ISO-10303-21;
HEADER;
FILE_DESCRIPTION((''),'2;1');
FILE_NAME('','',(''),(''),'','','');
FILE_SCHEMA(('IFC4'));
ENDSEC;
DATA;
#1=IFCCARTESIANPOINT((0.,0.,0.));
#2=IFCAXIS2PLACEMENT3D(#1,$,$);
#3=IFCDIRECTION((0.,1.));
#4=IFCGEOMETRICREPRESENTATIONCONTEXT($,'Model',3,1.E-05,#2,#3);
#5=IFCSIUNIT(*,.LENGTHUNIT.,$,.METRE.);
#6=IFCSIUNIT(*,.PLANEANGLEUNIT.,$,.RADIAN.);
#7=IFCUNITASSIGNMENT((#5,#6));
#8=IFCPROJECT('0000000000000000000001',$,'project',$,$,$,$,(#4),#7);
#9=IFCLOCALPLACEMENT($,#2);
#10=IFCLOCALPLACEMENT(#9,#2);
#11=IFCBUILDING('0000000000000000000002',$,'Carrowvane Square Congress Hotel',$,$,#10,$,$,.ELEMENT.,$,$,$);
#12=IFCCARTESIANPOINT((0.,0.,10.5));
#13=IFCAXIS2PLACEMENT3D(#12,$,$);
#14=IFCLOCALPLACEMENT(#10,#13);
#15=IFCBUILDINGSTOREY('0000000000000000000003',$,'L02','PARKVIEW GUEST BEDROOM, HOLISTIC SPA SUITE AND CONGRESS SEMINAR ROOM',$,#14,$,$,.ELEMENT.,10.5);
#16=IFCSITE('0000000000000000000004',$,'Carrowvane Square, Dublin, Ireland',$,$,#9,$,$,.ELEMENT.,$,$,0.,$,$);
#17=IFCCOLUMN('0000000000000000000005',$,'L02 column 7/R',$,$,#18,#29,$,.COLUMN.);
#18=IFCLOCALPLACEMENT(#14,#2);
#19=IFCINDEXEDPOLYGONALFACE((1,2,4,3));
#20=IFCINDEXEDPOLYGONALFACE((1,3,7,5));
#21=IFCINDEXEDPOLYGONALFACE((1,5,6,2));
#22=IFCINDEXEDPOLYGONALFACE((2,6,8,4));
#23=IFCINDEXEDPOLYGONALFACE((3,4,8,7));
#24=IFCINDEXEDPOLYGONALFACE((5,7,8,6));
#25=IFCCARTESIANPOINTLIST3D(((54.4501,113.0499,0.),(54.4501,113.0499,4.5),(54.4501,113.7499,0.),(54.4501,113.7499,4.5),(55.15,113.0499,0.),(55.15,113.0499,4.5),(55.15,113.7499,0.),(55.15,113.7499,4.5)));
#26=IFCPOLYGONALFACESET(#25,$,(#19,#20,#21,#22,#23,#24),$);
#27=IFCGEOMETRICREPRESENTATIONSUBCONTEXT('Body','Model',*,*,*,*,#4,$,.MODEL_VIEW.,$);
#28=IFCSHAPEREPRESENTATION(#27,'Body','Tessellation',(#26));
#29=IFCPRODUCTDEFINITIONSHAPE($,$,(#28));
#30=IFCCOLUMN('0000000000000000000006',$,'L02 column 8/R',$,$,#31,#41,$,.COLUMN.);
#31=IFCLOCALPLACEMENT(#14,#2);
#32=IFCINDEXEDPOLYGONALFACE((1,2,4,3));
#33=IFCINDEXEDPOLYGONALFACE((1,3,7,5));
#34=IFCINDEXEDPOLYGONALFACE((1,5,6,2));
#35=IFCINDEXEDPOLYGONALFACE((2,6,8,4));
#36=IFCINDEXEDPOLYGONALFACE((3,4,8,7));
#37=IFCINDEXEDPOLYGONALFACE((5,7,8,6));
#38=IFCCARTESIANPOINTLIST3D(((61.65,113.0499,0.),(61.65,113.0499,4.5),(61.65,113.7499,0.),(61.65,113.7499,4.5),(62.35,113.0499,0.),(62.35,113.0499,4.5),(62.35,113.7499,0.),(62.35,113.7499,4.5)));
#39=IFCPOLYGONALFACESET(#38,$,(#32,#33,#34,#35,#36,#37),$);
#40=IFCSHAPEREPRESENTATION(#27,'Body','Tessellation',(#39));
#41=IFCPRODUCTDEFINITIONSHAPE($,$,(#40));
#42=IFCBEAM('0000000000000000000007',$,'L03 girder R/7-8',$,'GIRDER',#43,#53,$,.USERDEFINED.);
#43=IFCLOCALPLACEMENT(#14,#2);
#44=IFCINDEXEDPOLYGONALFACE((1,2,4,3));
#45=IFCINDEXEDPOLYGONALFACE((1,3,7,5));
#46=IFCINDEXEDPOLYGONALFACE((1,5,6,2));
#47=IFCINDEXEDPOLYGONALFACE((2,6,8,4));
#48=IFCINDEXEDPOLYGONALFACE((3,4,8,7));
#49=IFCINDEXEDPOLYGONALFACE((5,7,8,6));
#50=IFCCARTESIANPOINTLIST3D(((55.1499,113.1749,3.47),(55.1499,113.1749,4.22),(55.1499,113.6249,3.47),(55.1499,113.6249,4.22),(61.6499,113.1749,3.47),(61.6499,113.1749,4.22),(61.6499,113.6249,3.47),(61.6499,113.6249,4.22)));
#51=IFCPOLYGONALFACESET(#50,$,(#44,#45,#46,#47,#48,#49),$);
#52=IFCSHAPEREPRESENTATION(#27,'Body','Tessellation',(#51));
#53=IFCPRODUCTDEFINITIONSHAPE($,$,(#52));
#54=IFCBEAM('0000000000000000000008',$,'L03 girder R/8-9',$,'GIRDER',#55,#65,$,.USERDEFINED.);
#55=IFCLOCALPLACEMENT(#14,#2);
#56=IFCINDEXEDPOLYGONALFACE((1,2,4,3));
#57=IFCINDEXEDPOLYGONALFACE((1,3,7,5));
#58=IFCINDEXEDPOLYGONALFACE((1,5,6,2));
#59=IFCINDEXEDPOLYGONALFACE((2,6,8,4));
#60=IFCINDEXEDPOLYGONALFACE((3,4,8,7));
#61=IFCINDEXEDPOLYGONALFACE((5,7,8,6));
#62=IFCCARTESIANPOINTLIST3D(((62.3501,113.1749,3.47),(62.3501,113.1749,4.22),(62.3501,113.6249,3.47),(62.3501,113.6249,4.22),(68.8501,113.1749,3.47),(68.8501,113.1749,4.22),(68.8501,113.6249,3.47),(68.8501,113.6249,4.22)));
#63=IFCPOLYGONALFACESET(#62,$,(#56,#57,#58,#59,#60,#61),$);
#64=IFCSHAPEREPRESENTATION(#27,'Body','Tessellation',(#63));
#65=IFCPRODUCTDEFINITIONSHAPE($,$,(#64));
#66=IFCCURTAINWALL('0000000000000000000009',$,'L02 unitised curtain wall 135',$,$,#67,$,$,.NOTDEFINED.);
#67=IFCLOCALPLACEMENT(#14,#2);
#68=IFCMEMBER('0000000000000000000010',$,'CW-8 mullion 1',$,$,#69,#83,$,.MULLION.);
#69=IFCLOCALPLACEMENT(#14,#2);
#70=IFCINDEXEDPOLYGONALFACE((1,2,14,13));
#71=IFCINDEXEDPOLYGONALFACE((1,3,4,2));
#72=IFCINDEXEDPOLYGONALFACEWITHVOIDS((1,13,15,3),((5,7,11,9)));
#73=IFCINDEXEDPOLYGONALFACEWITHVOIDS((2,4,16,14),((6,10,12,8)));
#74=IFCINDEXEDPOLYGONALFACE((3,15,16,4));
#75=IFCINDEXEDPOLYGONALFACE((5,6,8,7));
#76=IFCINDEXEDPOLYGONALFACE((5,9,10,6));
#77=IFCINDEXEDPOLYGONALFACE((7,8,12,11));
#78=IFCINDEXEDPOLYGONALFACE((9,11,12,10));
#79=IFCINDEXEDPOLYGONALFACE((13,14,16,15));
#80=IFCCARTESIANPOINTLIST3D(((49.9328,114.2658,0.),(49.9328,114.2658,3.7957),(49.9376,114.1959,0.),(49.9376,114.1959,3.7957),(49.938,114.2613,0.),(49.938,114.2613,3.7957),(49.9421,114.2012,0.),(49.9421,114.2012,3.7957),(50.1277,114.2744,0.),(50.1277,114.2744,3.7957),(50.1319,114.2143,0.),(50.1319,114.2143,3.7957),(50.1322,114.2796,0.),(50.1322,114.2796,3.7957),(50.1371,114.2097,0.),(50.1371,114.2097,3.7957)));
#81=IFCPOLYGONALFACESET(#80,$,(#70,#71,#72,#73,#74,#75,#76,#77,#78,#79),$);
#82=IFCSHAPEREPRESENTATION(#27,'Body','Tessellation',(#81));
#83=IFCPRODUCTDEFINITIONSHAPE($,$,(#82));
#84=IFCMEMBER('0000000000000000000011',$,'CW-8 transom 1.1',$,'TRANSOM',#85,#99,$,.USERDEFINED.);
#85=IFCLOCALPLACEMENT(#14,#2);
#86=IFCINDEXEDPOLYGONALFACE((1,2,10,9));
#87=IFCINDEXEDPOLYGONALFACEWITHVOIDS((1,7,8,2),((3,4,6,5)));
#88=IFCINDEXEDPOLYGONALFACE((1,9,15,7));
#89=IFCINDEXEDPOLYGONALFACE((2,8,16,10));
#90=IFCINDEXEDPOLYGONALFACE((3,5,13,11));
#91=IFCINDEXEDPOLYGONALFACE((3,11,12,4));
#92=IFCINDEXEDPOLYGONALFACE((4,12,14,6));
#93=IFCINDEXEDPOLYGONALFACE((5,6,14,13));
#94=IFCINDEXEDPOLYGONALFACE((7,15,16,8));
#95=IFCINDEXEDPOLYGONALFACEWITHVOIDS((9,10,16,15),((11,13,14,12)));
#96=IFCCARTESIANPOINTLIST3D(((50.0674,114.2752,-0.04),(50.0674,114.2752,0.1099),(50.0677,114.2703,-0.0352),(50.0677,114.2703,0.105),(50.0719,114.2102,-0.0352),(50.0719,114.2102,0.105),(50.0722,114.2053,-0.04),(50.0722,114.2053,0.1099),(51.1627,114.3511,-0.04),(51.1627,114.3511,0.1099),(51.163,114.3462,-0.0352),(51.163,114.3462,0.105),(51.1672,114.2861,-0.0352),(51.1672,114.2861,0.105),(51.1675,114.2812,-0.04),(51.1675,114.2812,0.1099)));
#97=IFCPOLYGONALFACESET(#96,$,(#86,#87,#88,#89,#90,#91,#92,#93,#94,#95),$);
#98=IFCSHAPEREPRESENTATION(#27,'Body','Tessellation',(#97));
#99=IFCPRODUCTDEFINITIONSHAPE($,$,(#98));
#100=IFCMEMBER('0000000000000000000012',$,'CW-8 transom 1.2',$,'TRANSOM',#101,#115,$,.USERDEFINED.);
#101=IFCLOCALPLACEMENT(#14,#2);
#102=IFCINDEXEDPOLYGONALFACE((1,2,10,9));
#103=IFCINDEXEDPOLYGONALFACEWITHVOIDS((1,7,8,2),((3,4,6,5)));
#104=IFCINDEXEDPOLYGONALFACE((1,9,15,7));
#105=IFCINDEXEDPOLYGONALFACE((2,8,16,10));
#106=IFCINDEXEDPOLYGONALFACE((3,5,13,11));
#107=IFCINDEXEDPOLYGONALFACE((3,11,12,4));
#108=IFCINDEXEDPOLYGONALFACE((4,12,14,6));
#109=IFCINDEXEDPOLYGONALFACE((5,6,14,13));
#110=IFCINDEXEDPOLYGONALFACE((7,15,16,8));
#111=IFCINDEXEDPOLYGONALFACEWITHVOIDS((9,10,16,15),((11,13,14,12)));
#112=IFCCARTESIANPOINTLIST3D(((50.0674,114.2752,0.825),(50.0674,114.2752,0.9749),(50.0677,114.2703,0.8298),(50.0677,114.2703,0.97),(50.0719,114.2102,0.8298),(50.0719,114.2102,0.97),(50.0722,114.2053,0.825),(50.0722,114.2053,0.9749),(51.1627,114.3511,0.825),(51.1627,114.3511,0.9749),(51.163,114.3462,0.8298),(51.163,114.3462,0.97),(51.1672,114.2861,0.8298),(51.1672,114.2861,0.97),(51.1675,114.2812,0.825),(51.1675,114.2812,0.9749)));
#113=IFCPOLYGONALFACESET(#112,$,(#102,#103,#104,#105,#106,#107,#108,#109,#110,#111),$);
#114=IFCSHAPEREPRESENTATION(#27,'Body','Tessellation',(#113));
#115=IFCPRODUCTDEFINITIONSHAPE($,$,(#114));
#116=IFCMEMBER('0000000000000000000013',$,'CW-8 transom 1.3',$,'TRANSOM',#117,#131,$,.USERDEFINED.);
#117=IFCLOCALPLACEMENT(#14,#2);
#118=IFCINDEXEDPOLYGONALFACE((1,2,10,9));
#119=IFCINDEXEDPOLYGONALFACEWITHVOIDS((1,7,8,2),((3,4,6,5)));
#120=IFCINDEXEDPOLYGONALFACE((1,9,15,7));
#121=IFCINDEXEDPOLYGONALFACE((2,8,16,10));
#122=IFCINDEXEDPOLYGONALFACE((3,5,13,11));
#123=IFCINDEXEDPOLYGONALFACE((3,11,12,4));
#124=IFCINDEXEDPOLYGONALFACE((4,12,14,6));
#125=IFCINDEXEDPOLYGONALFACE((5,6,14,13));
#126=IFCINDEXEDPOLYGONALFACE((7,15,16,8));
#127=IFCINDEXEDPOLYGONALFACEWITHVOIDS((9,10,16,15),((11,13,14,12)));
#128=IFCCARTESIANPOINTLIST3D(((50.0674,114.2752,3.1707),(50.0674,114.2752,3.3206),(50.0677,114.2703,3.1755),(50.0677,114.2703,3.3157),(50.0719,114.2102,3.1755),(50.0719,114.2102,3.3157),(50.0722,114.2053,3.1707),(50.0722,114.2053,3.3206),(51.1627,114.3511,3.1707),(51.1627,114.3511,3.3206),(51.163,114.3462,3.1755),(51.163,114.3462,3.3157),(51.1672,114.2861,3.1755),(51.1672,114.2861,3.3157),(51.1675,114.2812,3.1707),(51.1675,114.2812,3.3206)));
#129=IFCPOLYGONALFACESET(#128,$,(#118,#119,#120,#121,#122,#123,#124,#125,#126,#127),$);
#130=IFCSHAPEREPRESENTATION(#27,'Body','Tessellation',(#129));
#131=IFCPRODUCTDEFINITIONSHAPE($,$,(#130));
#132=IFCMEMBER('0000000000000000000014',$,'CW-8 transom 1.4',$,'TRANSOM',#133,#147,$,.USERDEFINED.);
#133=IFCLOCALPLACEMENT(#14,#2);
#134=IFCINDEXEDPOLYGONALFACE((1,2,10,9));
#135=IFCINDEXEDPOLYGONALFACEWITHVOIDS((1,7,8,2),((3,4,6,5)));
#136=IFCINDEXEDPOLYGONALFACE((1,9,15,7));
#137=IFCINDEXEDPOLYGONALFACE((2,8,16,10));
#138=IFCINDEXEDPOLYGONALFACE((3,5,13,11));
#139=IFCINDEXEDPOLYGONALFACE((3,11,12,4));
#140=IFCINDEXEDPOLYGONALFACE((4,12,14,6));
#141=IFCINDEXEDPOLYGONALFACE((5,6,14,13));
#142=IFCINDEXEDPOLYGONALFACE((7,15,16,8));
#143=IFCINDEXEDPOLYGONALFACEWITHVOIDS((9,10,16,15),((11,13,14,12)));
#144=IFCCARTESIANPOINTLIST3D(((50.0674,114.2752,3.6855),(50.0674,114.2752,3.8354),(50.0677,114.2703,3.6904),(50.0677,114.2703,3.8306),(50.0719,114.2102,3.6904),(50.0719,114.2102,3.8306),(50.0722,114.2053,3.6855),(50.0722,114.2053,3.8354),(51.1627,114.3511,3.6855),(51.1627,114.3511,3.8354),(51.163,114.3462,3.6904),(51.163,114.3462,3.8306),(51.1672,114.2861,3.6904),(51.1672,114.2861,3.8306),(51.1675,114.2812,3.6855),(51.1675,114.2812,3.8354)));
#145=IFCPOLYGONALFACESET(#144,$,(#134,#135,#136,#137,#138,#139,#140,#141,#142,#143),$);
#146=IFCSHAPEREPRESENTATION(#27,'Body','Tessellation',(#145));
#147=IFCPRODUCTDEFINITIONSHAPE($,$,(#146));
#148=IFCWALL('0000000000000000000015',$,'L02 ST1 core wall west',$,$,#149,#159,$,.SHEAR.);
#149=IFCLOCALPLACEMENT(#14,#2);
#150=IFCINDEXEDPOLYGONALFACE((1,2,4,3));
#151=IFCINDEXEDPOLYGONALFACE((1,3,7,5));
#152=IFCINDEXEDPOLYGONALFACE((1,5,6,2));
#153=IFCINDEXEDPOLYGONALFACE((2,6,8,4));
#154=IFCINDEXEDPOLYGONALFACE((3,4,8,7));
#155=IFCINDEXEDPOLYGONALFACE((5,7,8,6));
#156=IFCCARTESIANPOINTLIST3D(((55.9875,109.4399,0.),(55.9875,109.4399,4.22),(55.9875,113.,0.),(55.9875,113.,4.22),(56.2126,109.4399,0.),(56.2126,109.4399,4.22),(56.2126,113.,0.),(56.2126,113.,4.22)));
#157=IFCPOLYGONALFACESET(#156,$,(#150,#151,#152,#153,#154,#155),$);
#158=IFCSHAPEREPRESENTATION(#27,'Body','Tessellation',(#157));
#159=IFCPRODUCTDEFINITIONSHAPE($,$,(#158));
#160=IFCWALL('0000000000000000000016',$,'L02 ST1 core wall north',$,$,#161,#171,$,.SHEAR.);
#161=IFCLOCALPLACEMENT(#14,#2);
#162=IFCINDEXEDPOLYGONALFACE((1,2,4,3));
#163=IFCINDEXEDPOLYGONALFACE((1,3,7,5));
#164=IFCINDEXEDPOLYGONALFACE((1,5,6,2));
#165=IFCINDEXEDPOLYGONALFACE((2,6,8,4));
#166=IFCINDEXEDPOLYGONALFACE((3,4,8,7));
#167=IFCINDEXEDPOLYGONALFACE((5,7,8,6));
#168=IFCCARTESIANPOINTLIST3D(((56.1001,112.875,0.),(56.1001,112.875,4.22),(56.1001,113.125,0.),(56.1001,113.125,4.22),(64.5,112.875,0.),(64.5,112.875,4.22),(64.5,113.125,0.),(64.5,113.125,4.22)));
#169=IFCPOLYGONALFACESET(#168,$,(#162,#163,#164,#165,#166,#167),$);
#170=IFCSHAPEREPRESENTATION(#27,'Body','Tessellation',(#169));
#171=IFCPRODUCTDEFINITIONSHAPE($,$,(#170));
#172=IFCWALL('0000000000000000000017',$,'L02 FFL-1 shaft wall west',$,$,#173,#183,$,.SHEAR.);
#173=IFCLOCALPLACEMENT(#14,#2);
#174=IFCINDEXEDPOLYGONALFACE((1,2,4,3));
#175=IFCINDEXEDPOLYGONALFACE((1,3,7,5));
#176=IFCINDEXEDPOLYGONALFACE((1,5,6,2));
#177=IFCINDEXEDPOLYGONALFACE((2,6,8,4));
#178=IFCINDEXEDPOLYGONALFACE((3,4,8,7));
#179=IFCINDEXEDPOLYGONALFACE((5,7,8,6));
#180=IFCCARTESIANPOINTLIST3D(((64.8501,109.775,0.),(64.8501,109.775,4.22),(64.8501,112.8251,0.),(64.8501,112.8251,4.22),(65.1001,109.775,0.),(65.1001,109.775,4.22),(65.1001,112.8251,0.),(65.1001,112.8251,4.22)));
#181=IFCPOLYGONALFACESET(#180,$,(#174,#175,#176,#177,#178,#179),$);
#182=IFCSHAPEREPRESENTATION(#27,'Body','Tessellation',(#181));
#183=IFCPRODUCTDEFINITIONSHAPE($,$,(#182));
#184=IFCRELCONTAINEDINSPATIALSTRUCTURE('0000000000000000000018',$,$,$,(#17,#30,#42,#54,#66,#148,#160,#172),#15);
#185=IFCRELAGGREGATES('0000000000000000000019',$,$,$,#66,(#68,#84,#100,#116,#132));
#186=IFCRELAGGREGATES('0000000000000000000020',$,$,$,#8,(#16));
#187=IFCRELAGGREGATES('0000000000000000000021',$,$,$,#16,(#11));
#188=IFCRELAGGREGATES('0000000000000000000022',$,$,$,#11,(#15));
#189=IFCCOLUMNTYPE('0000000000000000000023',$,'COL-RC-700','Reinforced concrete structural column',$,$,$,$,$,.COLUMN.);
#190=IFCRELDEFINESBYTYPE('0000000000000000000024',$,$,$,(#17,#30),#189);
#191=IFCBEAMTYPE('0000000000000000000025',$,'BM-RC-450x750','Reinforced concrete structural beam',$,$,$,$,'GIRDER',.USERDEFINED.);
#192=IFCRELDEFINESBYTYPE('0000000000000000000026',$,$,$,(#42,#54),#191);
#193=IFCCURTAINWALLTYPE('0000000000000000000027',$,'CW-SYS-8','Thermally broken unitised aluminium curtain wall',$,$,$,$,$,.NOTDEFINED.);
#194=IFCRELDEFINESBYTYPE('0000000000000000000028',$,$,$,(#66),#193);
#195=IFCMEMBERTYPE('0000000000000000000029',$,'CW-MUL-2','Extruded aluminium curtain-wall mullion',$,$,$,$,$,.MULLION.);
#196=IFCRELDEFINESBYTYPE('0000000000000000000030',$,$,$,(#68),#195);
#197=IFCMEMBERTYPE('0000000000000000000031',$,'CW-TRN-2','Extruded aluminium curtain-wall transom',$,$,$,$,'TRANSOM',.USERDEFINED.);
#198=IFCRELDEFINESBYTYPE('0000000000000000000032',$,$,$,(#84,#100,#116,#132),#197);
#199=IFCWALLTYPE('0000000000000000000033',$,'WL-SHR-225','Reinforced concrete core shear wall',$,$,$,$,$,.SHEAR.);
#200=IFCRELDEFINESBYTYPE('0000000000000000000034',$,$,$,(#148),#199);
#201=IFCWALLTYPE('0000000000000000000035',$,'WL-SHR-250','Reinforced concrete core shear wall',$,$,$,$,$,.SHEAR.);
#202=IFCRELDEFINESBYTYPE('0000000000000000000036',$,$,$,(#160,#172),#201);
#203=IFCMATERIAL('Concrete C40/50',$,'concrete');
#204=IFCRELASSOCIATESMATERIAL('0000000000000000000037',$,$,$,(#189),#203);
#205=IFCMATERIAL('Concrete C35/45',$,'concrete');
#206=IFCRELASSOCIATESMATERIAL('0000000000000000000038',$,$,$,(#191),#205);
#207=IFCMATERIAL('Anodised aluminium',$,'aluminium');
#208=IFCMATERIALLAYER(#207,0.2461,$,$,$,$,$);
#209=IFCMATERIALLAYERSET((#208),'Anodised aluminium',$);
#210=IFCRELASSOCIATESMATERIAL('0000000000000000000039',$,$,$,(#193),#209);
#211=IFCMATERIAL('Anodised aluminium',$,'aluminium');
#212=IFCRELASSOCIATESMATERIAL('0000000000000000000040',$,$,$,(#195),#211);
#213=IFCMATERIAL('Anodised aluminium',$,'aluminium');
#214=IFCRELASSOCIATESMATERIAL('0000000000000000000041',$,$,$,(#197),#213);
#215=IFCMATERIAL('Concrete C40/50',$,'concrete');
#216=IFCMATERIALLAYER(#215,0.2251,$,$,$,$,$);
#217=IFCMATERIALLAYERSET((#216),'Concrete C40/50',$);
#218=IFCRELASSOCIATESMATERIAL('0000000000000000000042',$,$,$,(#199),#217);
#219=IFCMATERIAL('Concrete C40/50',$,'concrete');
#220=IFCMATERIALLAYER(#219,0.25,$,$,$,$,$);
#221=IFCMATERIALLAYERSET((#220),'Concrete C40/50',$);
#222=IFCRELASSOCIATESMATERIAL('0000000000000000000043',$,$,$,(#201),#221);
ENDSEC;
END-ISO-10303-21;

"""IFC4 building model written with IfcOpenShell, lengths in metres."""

from ifc_helpers import new_model, si_unit, direction, frame, frame_2d, origin, origin_2d, place, context, subcontext, project, spatial, rectangle, hollow_rectangle, extrude, material, layer, layer_set, material_profile, profile_set, type_object, element, aggregate, save


model = new_model("IFC4")

# Units and contexts
model_context = context("Model", 3, precision=1e-05, world=origin(), true_north=direction((0.0, 1.0)))
body_context = subcontext(model_context, "Body", "Model", "MODEL_VIEW")
ifc_project = project(units=[si_unit("LENGTHUNIT", "METRE"), si_unit("PLANEANGLEUNIT", "RADIAN")], contexts=[model_context])

# Site, building, storey
site_placement = place(None, origin())
site = spatial("IfcSite", under=ifc_project, at=site_placement, Name="Carrowvane Square, Dublin, Ireland", CompositionType="ELEMENT", RefElevation=0.0)
building_placement = place(site_placement, origin())
building = spatial("IfcBuilding", under=site, at=building_placement, Name="Carrowvane Square Congress Hotel", CompositionType="ELEMENT")
storey_placement = place(building_placement, frame((0.0, 0.0, 10.5)))
storey = spatial("IfcBuildingStorey", under=building, at=storey_placement, Name="L02", Description="PARKVIEW GUEST BEDROOM, HOLISTIC SPA SUITE AND CONGRESS SEMINAR ROOM", CompositionType="ELEMENT", Elevation=10.5)

# Columns
ifc_material_1 = material(Name="Concrete C40/50", Category="concrete")
ifc_material_profile_1 = material_profile(ifc_material_1, rectangle(XDim=0.7, YDim=0.7, at=origin_2d()), Name="RC 700x700")
ifc_profile_set_1 = profile_set([ifc_material_profile_1], Name="Concrete C40/50")
column_type = type_object("IfcColumnType", Name="COL-RC-700", Description="Reinforced concrete structural column", PredefinedType="COLUMN", material=ifc_profile_set_1)
for number, where, z_axis, x_axis, name in (
    (1, (54.8, 113.3999, 0.0), (0.0, 0.0, 1.0), (1.0, 0.0, 0.0), "L02 column 7/R"),
    (2, (62.0, 113.3999, 0.0), (0.0, 0.0, 1.0), (1.0, 0.0, 0.0), "L02 column 8/R"),
):
    element("IfcColumn", number, at=place(storey_placement, frame(where, z_axis=z_axis, x_axis=x_axis)), inside=storey, type_object=column_type, Name=name, PredefinedType="COLUMN", context=body_context, shape_type="SweptSolid", body=[
        extrude(rectangle(XDim=0.7, YDim=0.7, at=origin_2d()), origin(), (0.0, 0.0, 1.0), 4.5),
    ])

# Beams
ifc_material_2 = material(Name="Concrete C35/45", Category="concrete")
ifc_material_profile_2 = material_profile(ifc_material_2, rectangle(XDim=0.45, YDim=0.75, at=origin_2d()), Name="RC 450x750")
ifc_profile_set_2 = profile_set([ifc_material_profile_2], Name="Concrete C35/45")
beam_type = type_object("IfcBeamType", Name="BM-RC-450x750", Description="Reinforced concrete structural beam", ElementType="GIRDER", PredefinedType="USERDEFINED", material=ifc_profile_set_2)
for number, where, z_axis, x_axis, name in (
    (3, (55.1499, 113.3999, 3.845), (1.0, 0.0, 0.0), (0.0, 1.0, 0.0), "L03 girder R/7-8"),
    (4, (62.3501, 113.3999, 3.845), (1.0, 0.0, 0.0), (0.0, 1.0, 0.0), "L03 girder R/8-9"),
):
    element("IfcBeam", number, at=place(storey_placement, frame(where, z_axis=z_axis, x_axis=x_axis)), inside=storey, type_object=beam_type, Name=name, ObjectType="GIRDER", PredefinedType="USERDEFINED", context=body_context, shape_type="SweptSolid", body=[
        extrude(rectangle(XDim=0.45, YDim=0.75, at=origin_2d()), origin(), (0.0, 0.0, 1.0), 6.5),
    ])

# Curtain wall, members
ifc_material_3 = material(Name="Anodised aluminium", Category="aluminium")
ifc_layer_1 = layer(ifc_material_3, 0.2461)
ifc_layer_set_1 = layer_set([ifc_layer_1], Name="Anodised aluminium")
curtain_wall_type = type_object("IfcCurtainWallType", Name="CW-SYS-8", Description="Thermally broken unitised aluminium curtain wall", PredefinedType="NOTDEFINED", material=ifc_layer_set_1)
curtain_wall_placement = place(storey_placement, origin())
curtain_wall = element("IfcCurtainWall", 5, at=curtain_wall_placement, inside=storey, type_object=curtain_wall_type, Name="L02 unitised curtain wall 135", PredefinedType="NOTDEFINED")
ifc_material_4 = material(Name="Anodised aluminium", Category="aluminium")
ifc_material_profile_3 = material_profile(ifc_material_4, hollow_rectangle(XDim=0.0701, YDim=0.2, WallThickness=0.0049, at=origin_2d()), Name="CW-ML 70x200x5")
ifc_profile_set_3 = profile_set([ifc_material_profile_3], Name="Anodised aluminium")
member_type_1 = type_object("IfcMemberType", Name="CW-MUL-2", Description="Extruded aluminium curtain-wall mullion", PredefinedType="MULLION", material=ifc_profile_set_3)
member_1_placement = place(storey_placement, frame((50.0349, 114.2378, 0.0), z_axis=(0.0, 0.0, 1.0), x_axis=(-0.068986, 0.997618, 0.0)))
member_1 = element("IfcMember", 6, at=member_1_placement, type_object=member_type_1, Name="CW-8 mullion 1", PredefinedType="MULLION", context=body_context, shape_type="SweptSolid", body=[
    extrude(hollow_rectangle(XDim=0.0701, YDim=0.2, WallThickness=0.0049, at=origin_2d()), origin(), (0.0, 0.0, 1.0), 3.7957),
])
ifc_material_5 = material(Name="Anodised aluminium", Category="aluminium")
ifc_material_profile_4 = material_profile(ifc_material_5, hollow_rectangle(XDim=0.0701, YDim=0.1499, WallThickness=0.0049, at=origin_2d()), Name="CW-TR 70x150x5")
ifc_profile_set_4 = profile_set([ifc_material_profile_4], Name="Anodised aluminium")
member_type_2 = type_object("IfcMemberType", Name="CW-TRN-2", Description="Extruded aluminium curtain-wall transom", ElementType="TRANSOM", PredefinedType="USERDEFINED", material=ifc_profile_set_4)
member_2_placement = place(storey_placement, frame((50.0698, 114.2402, 0.0349), z_axis=(0.997606, 0.069161, 0.0), x_axis=(-0.069161, 0.997606, 0.0)))
member_2 = element("IfcMember", 7, at=member_2_placement, type_object=member_type_2, Name="CW-8 transom 1.1", ObjectType="TRANSOM", PredefinedType="USERDEFINED", context=body_context, shape_type="SweptSolid", body=[
    extrude(hollow_rectangle(XDim=0.0701, YDim=0.1499, WallThickness=0.0049, at=origin_2d()), origin(), (0.0, 0.0, 1.0), 1.0979),
])
member_3_placement = place(storey_placement, frame((50.0698, 114.2402, 0.8999), z_axis=(0.997606, 0.069161, 0.0), x_axis=(-0.069161, 0.997606, 0.0)))
member_3 = element("IfcMember", 8, at=member_3_placement, type_object=member_type_2, Name="CW-8 transom 1.2", ObjectType="TRANSOM", PredefinedType="USERDEFINED", context=body_context, shape_type="SweptSolid", body=[
    extrude(hollow_rectangle(XDim=0.0701, YDim=0.1499, WallThickness=0.0049, at=origin_2d()), origin(), (0.0, 0.0, 1.0), 1.0979),
])
member_4_placement = place(storey_placement, frame((50.0698, 114.2402, 3.2456), z_axis=(0.997606, 0.069161, 0.0), x_axis=(-0.069161, 0.997606, 0.0)))
member_4 = element("IfcMember", 9, at=member_4_placement, type_object=member_type_2, Name="CW-8 transom 1.3", ObjectType="TRANSOM", PredefinedType="USERDEFINED", context=body_context, shape_type="SweptSolid", body=[
    extrude(hollow_rectangle(XDim=0.0701, YDim=0.1499, WallThickness=0.0049, at=origin_2d()), origin(), (0.0, 0.0, 1.0), 1.0979),
])
member_5_placement = place(storey_placement, frame((50.0698, 114.2402, 3.7605), z_axis=(0.997606, 0.069161, 0.0), x_axis=(-0.069161, 0.997606, 0.0)))
member_5 = element("IfcMember", 10, at=member_5_placement, type_object=member_type_2, Name="CW-8 transom 1.4", ObjectType="TRANSOM", PredefinedType="USERDEFINED", context=body_context, shape_type="SweptSolid", body=[
    extrude(hollow_rectangle(XDim=0.0701, YDim=0.1499, WallThickness=0.0049, at=origin_2d()), origin(), (0.0, 0.0, 1.0), 1.0979),
])
aggregate(curtain_wall, [member_1, member_2, member_3, member_4, member_5])

# Walls
ifc_material_6 = material(Name="Concrete C40/50", Category="concrete")
ifc_layer_2 = layer(ifc_material_6, 0.2251)
ifc_layer_set_2 = layer_set([ifc_layer_2], Name="Concrete C40/50")
wall_type_1 = type_object("IfcWallType", Name="WL-SHR-225", Description="Reinforced concrete core shear wall", PredefinedType="SHEAR", material=ifc_layer_set_2)
wall_1_placement = place(storey_placement, frame((56.1001, 113.0, 0.0), z_axis=(0.0, 0.0, 1.0), x_axis=(0.0, -1.0, 0.0)))
element("IfcWall", 11, at=wall_1_placement, inside=storey, type_object=wall_type_1, Name="L02 ST1 core wall west", PredefinedType="SHEAR", context=body_context, shape_type="SweptSolid", body=[
    extrude(rectangle(XDim=3.5601, YDim=0.2251, at=frame_2d((1.78, 0.0))), origin(), (0.0, 0.0, 1.0), 4.22),
])
ifc_material_7 = material(Name="Concrete C40/50", Category="concrete")
ifc_layer_3 = layer(ifc_material_7, 0.25)
ifc_layer_set_3 = layer_set([ifc_layer_3], Name="Concrete C40/50")
wall_type_2 = type_object("IfcWallType", Name="WL-SHR-250", Description="Reinforced concrete core shear wall", PredefinedType="SHEAR", material=ifc_layer_set_3)
wall_2_placement = place(storey_placement, frame((64.5, 113.0, 0.0), z_axis=(0.0, 0.0, 1.0), x_axis=(-1.0, 0.0, 0.0)))
element("IfcWall", 12, at=wall_2_placement, inside=storey, type_object=wall_type_2, Name="L02 ST1 core wall north", PredefinedType="SHEAR", context=body_context, shape_type="SweptSolid", body=[
    extrude(rectangle(XDim=8.3999, YDim=0.25, at=frame_2d((4.2, 0.0))), origin(), (0.0, 0.0, 1.0), 4.22),
])

# Wall
wall_3_placement = place(storey_placement, frame((64.9751, 112.825, 0.0), z_axis=(0.0, 0.0, 1.0), x_axis=(0.0, -1.0, 0.0)))
element("IfcWall", 13, at=wall_3_placement, inside=storey, type_object=wall_type_2, Name="L02 FFL-1 shaft wall west", PredefinedType="SHEAR", context=body_context, shape_type="SweptSolid", body=[
    extrude(rectangle(XDim=3.05, YDim=0.25, at=frame_2d((1.5249, 0.0))), origin(), (0.0, 0.0, 1.0), 4.22),
])

save(model, "model.ifc")
